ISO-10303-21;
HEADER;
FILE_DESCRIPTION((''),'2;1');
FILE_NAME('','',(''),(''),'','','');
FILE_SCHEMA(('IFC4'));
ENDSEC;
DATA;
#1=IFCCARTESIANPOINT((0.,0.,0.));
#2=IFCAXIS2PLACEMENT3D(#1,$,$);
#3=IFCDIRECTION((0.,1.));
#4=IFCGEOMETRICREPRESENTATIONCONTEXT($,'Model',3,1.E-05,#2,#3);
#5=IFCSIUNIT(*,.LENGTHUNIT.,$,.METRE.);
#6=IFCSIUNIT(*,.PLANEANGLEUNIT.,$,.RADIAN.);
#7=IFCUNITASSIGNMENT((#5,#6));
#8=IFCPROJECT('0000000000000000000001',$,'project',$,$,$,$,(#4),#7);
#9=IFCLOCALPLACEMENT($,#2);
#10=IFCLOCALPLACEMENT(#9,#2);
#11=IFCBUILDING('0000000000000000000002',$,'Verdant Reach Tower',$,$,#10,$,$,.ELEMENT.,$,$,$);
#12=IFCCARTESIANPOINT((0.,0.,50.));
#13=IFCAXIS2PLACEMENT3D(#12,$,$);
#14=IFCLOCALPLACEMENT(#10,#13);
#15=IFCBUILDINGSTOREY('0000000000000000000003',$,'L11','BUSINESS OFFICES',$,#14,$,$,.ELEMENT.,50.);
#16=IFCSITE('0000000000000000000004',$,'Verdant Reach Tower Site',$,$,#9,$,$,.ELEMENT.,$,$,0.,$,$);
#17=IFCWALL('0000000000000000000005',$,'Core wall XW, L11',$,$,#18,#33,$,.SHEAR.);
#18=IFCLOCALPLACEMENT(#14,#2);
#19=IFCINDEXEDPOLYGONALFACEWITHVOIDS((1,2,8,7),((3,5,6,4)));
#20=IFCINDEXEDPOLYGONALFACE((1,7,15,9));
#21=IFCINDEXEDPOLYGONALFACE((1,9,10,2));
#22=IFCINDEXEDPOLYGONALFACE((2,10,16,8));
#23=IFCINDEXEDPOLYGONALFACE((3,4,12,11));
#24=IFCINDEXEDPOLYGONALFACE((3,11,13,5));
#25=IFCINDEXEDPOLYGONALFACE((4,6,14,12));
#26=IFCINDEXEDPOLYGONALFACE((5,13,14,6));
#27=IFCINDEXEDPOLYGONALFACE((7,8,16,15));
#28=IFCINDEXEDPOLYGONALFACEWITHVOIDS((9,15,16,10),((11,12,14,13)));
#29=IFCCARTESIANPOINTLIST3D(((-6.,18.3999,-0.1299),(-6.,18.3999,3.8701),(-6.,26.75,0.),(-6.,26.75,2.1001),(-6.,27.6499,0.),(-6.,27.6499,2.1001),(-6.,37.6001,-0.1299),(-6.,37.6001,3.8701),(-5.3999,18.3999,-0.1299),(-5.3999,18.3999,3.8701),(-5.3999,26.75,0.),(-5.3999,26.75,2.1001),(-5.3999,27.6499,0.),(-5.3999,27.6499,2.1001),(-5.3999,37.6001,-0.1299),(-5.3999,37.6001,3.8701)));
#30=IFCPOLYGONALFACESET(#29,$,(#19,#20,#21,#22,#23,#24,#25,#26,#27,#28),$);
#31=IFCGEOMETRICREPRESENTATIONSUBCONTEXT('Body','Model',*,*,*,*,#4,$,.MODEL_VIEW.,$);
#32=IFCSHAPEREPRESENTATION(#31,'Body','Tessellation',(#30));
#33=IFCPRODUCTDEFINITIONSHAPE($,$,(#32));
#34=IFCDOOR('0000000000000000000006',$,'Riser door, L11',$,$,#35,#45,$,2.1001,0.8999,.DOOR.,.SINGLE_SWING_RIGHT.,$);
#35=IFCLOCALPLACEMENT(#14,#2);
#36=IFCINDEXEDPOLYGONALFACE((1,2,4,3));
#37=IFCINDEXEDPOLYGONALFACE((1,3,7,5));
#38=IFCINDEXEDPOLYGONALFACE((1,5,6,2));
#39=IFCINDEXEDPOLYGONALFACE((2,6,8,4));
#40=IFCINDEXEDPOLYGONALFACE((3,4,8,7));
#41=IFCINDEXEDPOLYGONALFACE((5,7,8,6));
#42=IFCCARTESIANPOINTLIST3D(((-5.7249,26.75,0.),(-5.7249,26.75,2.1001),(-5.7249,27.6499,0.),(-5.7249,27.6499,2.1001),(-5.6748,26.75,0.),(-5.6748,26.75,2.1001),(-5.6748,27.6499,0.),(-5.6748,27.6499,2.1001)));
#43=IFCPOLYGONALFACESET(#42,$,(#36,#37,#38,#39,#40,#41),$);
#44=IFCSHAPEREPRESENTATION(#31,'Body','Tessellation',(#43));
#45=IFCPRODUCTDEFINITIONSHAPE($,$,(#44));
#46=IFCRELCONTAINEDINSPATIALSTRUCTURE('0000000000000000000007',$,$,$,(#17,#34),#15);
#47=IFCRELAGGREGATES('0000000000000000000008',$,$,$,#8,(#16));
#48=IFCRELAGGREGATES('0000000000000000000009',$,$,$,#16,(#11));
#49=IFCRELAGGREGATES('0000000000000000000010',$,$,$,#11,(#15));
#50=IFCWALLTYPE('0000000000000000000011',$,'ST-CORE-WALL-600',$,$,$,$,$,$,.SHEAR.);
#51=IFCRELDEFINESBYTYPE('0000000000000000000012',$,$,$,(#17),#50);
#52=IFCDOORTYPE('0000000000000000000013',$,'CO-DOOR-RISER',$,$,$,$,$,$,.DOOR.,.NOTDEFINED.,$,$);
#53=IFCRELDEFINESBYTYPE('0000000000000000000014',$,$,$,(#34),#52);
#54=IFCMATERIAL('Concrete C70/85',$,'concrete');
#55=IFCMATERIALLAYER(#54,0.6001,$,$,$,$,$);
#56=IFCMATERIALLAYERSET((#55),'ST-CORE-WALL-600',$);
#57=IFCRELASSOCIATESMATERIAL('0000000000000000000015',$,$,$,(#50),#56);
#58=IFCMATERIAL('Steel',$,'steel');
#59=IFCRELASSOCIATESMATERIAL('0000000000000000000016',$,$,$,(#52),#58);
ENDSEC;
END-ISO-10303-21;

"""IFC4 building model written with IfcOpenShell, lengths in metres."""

from ifc_helpers import new_model, si_unit, direction, frame, frame_2d, origin, place, context, subcontext, project, spatial, rectangle, extrude, material, layer, layer_set, type_object, element, fill, save


model = new_model("IFC4")

# Units and contexts
model_context = context("Model", 3, precision=1e-05, world=origin(), true_north=direction((0.0, 1.0)))
body_context = subcontext(model_context, "Body", "Model", "MODEL_VIEW")
ifc_project = project(units=[si_unit("LENGTHUNIT", "METRE"), si_unit("PLANEANGLEUNIT", "RADIAN")], contexts=[model_context])

# Site, building, storey
site_placement = place(None, origin())
site = spatial("IfcSite", under=ifc_project, at=site_placement, Name="Verdant Reach Tower Site", CompositionType="ELEMENT", RefElevation=0.0)
building_placement = place(site_placement, origin())
building = spatial("IfcBuilding", under=site, at=building_placement, Name="Verdant Reach Tower", CompositionType="ELEMENT")
storey_placement = place(building_placement, frame((0.0, 0.0, 50.0)))
storey = spatial("IfcBuildingStorey", under=building, at=storey_placement, Name="L11", Description="BUSINESS OFFICES", CompositionType="ELEMENT", Elevation=50.0)

# Wall, opening, door
ifc_material_1 = material(Name="Concrete C70/85", Category="concrete")
ifc_layer_1 = layer(ifc_material_1, 0.6001)
ifc_layer_set_1 = layer_set([ifc_layer_1], Name="ST-CORE-WALL-600")
wall_type_1 = type_object("IfcWallType", Name="ST-CORE-WALL-600", PredefinedType="SHEAR", material=ifc_layer_set_1)
wall_1_placement = place(storey_placement, frame((-5.7, 18.3999, -0.1299), z_axis=(0.0, 0.0, 1.0), x_axis=(0.0, 1.0, 0.0)))
wall_1 = element("IfcWall", 1, at=wall_1_placement, inside=storey, type_object=wall_type_1, Name="Core wall XW, L11", PredefinedType="SHEAR", context=body_context, shape_type="SweptSolid", body=[
    extrude(rectangle(XDim=19.2002, YDim=0.6001, at=frame_2d((9.6001, 0.0))), origin(), (0.0, 0.0, 1.0), 4.0),
])
opening_1_placement = place(wall_1_placement, frame((8.3501, 0.0, 0.1299)))
opening_1 = element("IfcOpeningElement", 2, at=opening_1_placement, cuts=wall_1, PredefinedType="OPENING", context=body_context, shape_type="SweptSolid", body=[
    extrude(rectangle(XDim=0.8999, YDim=2.1001, at=frame_2d((0.45, 1.05))), frame((0.0, 0.3101, 0.0), z_axis=(0.0, -1.0, 0.0), x_axis=(1.0, 0.0, 0.0)), (0.0, 0.0, 1.0), 0.6201),
])
ifc_material_2 = material(Name="Steel", Category="steel")
door_type_1 = type_object("IfcDoorType", Name="CO-DOOR-RISER", OperationType="NOTDEFINED", PredefinedType="DOOR", material=ifc_material_2)
door_1_placement = place(opening_1_placement, origin())
door_1 = element("IfcDoor", 3, at=door_1_placement, inside=storey, type_object=door_type_1, Name="Riser door, L11", OperationType="SINGLE_SWING_RIGHT", OverallHeight=2.1001, OverallWidth=0.8999, PredefinedType="DOOR", context=body_context, shape_type="SweptSolid", body=[
    extrude(rectangle(XDim=0.8999, YDim=2.1001, at=frame_2d((0.45, 1.05))), frame((0.0, 0.0249, 0.0), z_axis=(0.0, -1.0, 0.0), x_axis=(1.0, 0.0, 0.0)), (0.0, 0.0, 1.0), 0.05),
])
fill(opening_1, door_1)

save(model, "model.ifc")
